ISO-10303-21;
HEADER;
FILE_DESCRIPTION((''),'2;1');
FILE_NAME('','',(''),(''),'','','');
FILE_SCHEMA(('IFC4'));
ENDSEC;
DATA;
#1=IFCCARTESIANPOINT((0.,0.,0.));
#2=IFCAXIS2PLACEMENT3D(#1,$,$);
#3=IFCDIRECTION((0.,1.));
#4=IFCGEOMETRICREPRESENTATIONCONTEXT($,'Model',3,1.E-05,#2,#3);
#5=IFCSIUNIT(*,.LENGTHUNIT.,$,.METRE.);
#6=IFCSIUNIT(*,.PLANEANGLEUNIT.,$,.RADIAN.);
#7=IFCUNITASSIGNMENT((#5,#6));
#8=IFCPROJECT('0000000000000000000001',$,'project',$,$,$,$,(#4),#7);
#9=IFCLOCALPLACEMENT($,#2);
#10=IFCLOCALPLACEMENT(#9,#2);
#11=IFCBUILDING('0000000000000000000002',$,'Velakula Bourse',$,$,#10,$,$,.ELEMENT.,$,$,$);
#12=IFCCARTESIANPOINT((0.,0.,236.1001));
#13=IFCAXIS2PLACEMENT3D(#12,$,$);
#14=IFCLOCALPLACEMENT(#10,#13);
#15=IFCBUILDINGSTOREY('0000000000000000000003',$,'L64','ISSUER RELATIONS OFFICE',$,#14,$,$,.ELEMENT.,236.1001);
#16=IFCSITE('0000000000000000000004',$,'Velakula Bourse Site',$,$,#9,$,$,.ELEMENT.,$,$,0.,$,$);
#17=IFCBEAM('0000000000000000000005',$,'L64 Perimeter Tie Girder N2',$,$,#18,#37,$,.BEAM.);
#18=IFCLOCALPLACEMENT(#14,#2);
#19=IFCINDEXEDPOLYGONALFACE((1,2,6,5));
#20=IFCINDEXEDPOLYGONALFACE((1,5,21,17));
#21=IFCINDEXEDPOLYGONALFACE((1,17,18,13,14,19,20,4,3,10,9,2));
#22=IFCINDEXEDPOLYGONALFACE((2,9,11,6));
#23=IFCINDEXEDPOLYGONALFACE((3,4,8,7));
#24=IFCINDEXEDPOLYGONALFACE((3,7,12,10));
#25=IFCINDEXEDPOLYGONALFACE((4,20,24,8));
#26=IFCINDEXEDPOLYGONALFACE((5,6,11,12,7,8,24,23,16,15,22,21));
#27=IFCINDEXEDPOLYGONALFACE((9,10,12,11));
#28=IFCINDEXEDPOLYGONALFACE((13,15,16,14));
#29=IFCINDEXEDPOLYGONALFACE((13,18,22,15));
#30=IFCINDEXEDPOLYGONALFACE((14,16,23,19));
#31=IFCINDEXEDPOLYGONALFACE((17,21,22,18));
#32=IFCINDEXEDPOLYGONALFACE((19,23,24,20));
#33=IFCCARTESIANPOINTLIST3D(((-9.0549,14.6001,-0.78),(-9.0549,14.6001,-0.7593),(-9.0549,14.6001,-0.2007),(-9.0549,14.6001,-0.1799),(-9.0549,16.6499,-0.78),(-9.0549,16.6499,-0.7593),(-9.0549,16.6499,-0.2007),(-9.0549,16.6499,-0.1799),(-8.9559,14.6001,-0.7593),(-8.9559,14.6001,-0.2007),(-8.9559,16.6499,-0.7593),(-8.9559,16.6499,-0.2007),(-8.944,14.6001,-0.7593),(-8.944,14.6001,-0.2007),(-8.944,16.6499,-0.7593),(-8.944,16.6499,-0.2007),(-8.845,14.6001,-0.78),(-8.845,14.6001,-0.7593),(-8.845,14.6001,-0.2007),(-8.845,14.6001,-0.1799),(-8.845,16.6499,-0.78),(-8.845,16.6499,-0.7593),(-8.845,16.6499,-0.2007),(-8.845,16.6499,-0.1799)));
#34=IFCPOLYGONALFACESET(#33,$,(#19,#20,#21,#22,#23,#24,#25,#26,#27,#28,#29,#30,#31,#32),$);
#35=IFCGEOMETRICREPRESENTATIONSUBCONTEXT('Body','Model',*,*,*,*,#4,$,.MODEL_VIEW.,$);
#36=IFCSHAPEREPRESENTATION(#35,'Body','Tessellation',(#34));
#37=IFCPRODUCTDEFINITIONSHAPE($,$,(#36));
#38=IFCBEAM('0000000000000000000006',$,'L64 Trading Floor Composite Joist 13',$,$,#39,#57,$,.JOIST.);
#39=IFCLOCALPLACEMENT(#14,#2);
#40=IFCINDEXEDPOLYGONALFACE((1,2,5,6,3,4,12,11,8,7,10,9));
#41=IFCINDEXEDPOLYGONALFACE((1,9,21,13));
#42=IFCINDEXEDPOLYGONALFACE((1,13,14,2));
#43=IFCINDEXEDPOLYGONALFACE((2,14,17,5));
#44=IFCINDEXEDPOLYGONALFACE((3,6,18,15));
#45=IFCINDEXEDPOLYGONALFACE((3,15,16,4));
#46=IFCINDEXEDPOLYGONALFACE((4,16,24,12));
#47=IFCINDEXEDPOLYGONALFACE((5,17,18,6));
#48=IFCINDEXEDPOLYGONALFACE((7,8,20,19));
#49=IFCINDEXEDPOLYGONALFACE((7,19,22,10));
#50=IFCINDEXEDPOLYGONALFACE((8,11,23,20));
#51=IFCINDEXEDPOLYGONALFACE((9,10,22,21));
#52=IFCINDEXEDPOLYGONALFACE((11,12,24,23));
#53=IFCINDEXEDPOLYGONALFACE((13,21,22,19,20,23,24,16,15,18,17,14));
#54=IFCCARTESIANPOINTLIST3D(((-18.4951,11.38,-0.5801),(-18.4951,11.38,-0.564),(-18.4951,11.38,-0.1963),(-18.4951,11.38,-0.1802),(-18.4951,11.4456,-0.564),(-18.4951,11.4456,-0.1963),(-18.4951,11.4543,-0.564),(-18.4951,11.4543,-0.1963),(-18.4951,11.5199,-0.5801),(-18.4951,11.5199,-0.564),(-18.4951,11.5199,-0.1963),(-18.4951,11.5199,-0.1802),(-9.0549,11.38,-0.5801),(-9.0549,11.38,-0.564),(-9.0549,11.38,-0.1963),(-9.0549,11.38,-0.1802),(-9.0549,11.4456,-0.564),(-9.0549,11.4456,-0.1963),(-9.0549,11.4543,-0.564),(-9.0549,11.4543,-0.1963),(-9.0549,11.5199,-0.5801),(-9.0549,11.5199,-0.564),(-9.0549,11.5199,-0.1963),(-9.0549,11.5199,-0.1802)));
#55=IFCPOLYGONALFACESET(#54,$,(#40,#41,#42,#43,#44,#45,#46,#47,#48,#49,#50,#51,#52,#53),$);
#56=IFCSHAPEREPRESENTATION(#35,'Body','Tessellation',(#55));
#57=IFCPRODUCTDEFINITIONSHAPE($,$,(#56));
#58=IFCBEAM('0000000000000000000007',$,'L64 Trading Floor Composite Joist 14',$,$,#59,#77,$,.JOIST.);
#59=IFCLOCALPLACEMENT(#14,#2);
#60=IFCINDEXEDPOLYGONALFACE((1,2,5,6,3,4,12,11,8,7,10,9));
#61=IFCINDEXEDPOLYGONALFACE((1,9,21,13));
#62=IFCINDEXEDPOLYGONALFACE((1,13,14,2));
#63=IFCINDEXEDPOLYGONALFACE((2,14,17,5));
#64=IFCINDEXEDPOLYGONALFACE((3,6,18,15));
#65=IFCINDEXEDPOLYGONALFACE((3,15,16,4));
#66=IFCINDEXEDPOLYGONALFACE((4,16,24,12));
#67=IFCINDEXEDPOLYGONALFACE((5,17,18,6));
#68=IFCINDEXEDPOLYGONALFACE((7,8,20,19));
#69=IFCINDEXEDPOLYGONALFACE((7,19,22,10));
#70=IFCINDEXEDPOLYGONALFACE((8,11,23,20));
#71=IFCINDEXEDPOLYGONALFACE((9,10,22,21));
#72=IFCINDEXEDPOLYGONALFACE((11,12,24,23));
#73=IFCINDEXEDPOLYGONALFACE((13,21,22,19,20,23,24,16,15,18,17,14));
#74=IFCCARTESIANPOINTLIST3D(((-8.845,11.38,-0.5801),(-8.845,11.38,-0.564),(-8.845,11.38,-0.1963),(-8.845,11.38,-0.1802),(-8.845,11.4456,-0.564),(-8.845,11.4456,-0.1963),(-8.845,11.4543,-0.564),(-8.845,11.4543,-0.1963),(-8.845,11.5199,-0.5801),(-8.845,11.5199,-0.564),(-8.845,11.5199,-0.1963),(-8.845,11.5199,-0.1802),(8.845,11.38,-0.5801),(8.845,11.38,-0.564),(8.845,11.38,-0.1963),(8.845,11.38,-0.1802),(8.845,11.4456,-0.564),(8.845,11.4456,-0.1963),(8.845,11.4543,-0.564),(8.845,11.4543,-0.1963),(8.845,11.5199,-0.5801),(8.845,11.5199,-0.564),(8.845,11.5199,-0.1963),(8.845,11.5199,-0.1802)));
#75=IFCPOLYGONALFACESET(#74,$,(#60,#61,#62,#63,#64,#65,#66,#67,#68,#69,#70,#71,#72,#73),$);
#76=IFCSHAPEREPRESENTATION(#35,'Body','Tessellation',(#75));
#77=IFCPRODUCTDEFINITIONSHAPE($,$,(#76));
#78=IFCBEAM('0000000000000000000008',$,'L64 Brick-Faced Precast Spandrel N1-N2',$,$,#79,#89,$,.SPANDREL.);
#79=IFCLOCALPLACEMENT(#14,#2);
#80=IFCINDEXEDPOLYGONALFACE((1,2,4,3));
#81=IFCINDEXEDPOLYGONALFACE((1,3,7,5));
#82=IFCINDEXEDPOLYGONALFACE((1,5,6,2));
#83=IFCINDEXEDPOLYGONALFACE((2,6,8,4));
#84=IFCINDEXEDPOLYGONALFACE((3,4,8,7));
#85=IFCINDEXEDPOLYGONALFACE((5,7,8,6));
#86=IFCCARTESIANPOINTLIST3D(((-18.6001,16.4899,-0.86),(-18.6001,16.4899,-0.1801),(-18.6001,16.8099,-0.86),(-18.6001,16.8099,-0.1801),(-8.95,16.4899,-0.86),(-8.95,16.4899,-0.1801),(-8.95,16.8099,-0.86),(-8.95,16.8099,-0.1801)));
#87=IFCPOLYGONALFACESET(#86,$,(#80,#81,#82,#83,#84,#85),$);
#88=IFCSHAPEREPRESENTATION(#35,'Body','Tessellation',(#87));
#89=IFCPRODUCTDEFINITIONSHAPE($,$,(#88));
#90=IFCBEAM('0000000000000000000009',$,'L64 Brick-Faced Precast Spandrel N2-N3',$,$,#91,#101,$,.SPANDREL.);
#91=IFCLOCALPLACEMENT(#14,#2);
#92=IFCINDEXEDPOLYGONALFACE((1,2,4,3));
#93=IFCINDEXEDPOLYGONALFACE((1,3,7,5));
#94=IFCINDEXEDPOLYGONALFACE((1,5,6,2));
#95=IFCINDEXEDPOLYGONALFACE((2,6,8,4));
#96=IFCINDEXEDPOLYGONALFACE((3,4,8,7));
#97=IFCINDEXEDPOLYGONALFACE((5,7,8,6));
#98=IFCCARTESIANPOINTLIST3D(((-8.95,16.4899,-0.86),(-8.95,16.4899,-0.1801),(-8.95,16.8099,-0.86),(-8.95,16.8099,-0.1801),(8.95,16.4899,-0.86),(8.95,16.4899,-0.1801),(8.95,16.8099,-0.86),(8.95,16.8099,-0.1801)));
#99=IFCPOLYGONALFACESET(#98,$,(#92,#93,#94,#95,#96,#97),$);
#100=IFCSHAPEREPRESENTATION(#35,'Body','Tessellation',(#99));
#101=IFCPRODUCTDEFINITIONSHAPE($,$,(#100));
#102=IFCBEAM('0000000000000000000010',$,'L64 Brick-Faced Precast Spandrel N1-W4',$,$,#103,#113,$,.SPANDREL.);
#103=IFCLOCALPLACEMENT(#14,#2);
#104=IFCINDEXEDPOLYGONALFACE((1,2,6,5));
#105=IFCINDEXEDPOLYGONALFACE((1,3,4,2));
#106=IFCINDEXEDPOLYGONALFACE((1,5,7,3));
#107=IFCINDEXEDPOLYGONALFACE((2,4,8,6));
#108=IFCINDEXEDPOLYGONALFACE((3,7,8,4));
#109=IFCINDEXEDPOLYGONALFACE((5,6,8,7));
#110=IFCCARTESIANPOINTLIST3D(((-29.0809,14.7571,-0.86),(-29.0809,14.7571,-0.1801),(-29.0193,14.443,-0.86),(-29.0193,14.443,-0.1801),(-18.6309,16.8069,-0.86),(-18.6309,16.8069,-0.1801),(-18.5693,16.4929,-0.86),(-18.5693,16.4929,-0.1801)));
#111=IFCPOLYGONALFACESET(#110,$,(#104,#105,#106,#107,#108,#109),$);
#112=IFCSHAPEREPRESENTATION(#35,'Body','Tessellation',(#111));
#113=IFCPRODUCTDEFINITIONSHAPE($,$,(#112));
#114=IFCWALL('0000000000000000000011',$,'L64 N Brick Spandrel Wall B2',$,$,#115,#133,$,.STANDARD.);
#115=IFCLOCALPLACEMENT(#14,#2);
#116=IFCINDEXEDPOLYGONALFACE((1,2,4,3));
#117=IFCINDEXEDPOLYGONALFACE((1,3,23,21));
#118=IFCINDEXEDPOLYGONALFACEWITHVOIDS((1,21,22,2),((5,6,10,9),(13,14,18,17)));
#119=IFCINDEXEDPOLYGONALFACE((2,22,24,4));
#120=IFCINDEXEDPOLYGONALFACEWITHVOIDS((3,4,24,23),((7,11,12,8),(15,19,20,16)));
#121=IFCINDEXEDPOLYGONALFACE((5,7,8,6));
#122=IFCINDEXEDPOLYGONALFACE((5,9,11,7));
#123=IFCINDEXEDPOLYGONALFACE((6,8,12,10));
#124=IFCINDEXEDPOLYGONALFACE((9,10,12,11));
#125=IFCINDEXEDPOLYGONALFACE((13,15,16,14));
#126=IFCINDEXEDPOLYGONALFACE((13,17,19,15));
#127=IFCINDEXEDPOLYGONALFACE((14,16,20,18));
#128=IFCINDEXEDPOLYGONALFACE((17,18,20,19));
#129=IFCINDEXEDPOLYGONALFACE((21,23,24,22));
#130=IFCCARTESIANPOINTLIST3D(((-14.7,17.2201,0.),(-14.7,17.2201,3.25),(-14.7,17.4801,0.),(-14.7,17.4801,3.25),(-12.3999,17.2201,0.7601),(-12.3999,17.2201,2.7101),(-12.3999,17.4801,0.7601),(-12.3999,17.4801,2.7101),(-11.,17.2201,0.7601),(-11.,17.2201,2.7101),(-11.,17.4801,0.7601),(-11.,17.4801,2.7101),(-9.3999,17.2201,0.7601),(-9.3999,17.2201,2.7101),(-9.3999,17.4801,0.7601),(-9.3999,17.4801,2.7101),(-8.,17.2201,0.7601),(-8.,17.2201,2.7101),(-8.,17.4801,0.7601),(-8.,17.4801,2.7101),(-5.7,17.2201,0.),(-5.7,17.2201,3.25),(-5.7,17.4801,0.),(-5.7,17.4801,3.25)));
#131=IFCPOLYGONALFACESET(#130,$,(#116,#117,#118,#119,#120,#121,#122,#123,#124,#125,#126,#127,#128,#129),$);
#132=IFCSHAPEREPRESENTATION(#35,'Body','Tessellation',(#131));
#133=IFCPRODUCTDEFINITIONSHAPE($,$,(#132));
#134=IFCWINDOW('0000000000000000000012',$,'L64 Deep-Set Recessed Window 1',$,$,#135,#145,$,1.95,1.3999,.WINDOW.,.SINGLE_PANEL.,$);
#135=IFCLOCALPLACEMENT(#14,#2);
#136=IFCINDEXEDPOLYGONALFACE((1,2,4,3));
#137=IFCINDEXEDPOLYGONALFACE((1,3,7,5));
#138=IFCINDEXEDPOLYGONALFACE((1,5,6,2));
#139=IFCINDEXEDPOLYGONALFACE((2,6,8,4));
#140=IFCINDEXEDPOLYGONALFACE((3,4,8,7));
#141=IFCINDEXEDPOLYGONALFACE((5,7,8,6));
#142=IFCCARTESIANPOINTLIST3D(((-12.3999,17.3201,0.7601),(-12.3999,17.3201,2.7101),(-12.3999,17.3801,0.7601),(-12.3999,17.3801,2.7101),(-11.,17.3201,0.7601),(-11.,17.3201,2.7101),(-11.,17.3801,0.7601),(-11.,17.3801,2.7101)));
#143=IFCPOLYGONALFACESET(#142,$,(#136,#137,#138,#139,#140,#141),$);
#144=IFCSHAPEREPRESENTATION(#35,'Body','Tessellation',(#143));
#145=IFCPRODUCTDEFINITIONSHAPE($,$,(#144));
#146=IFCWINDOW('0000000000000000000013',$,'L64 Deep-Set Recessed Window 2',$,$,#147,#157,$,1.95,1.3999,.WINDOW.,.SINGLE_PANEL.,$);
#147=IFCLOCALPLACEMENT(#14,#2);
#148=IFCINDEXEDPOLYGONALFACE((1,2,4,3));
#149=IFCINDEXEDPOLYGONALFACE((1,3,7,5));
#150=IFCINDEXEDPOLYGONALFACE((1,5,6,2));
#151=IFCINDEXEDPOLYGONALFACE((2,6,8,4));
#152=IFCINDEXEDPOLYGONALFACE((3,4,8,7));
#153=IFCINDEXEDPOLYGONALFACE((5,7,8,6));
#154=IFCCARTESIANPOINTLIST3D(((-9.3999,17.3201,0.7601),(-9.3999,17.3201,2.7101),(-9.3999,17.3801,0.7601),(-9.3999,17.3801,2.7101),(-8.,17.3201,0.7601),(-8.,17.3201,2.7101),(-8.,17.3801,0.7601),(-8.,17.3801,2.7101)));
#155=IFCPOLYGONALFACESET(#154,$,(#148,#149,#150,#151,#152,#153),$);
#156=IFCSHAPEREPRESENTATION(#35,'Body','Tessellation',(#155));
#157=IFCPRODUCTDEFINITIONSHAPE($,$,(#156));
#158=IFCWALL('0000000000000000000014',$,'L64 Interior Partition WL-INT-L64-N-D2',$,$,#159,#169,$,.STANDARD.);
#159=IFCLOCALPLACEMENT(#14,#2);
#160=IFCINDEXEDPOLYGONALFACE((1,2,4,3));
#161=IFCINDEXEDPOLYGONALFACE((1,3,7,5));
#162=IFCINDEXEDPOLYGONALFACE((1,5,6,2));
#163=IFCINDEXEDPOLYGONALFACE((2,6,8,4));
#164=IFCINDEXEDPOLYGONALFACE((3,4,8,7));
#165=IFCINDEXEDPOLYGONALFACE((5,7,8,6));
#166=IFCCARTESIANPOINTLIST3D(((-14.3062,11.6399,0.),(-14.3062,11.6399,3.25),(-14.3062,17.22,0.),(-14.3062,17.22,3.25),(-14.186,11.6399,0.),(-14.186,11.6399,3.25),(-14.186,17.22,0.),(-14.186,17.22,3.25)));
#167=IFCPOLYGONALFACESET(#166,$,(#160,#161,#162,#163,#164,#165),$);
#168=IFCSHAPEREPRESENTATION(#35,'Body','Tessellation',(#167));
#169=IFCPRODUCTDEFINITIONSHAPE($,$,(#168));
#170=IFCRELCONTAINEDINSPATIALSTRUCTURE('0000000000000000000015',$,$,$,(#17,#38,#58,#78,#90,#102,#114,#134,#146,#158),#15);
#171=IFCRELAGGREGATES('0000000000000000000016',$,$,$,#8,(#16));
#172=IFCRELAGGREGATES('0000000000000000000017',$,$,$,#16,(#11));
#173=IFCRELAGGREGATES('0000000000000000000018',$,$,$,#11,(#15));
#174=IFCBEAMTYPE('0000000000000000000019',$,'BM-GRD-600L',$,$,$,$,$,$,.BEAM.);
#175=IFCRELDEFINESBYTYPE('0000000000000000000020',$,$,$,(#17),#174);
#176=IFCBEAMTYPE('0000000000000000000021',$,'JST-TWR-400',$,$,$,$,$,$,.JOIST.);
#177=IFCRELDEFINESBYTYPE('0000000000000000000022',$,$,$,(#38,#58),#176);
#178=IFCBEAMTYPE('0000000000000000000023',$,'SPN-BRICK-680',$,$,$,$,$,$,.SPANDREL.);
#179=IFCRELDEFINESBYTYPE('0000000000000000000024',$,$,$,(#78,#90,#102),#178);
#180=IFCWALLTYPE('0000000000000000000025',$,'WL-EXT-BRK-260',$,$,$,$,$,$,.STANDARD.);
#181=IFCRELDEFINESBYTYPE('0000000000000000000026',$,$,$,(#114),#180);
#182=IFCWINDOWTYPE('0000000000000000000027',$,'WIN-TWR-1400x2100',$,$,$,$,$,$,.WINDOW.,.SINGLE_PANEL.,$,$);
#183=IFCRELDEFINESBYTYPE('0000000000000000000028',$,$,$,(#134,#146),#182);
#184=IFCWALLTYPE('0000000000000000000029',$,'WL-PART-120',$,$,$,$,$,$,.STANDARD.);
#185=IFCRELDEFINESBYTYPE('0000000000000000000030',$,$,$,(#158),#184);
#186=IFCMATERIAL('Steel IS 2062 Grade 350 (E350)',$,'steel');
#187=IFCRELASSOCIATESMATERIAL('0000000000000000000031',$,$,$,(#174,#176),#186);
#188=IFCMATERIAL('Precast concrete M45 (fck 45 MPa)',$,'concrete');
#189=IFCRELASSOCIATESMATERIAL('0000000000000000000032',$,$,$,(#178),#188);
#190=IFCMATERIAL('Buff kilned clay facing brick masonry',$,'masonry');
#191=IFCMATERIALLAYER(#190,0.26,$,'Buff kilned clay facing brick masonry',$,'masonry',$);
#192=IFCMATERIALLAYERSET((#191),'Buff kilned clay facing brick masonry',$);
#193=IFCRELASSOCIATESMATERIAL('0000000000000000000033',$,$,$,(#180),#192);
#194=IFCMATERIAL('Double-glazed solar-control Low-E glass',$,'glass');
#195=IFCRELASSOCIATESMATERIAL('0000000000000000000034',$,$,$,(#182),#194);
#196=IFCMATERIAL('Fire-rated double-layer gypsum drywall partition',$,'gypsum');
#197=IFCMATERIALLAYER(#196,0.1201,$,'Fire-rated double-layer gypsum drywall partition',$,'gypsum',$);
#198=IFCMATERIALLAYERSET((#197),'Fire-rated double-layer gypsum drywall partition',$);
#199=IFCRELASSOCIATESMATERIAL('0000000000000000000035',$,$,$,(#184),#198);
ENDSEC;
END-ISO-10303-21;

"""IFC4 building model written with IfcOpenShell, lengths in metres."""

from ifc_helpers import new_model, si_unit, direction, frame, frame_2d, origin, origin_2d, place, context, subcontext, project, spatial, rectangle, i_section, extrude, material, layer, layer_set, material_profile, profile_set, type_object, element, fill, save


model = new_model("IFC4")

# Units and contexts
model_context = context("Model", 3, precision=1e-05, world=origin(), true_north=direction((0.0, 1.0)))
body_context = subcontext(model_context, "Body", "Model", "MODEL_VIEW")
ifc_project = project(units=[si_unit("LENGTHUNIT", "METRE"), si_unit("PLANEANGLEUNIT", "RADIAN")], contexts=[model_context])

# Site, building, storey
site_placement = place(None, origin())
site = spatial("IfcSite", under=ifc_project, at=site_placement, Name="Velakula Bourse Site", CompositionType="ELEMENT", RefElevation=0.0)
building_placement = place(site_placement, origin())
building = spatial("IfcBuilding", under=site, at=building_placement, Name="Velakula Bourse", CompositionType="ELEMENT")
storey_placement = place(building_placement, frame((0.0, 0.0, 236.1001)))
storey = spatial("IfcBuildingStorey", under=building, at=storey_placement, Name="L64", Description="ISSUER RELATIONS OFFICE", CompositionType="ELEMENT", Elevation=236.1001)

# Shared definitions
ifc_material_1 = material(Name="Steel IS 2062 Grade 350 (E350)", Category="steel")

# Beams
ifc_material_profile_1 = material_profile(ifc_material_1, i_section(OverallWidth=0.21, OverallDepth=0.6001, WebThickness=0.012, FlangeThickness=0.0208, at=origin_2d()), Name="Steel IS 2062 Grade 350 (E350)")
ifc_profile_set_1 = profile_set([ifc_material_profile_1], Name="Steel IS 2062 Grade 350 (E350)")
beam_type_1 = type_object("IfcBeamType", Name="BM-GRD-600L", PredefinedType="BEAM", material=ifc_profile_set_1)
for number, where, z_axis, x_axis, name in (
    (1, (-8.95, 14.6001, -0.48), (0.0, 1.0, 0.0), (-1.0, 0.0, 0.0), "L64 Perimeter Tie Girder N2"),
):
    element("IfcBeam", number, at=place(storey_placement, frame(where, z_axis=z_axis, x_axis=x_axis)), inside=storey, type_object=beam_type_1, Name=name, PredefinedType="BEAM", context=body_context, shape_type="SweptSolid", body=[
        extrude(i_section(OverallWidth=0.21, OverallDepth=0.6001, WebThickness=0.012, FlangeThickness=0.0208, at=origin_2d()), origin(), (0.0, 0.0, 1.0), 2.0498),
    ])
ifc_material_profile_2 = material_profile(ifc_material_1, i_section(OverallWidth=0.1399, OverallDepth=0.3999, WebThickness=0.0088, FlangeThickness=0.0161, at=origin_2d()), Name="Steel IS 2062 Grade 350 (E350)")
ifc_profile_set_2 = profile_set([ifc_material_profile_2], Name="Steel IS 2062 Grade 350 (E350)")
beam_type_2 = type_object("IfcBeamType", Name="JST-TWR-400", PredefinedType="JOIST", material=ifc_profile_set_2)
beam_1_placement = place(storey_placement, frame((-18.4951, 11.45, -0.3801), z_axis=(1.0, 0.0, 0.0), x_axis=(0.0, 1.0, 0.0)))
element("IfcBeam", 2, at=beam_1_placement, inside=storey, type_object=beam_type_2, Name="L64 Trading Floor Composite Joist 13", PredefinedType="JOIST", context=body_context, shape_type="SweptSolid", body=[
    extrude(i_section(OverallWidth=0.1399, OverallDepth=0.3999, WebThickness=0.0088, FlangeThickness=0.0161, at=origin_2d()), origin(), (0.0, 0.0, 1.0), 9.4402),
])
beam_2_placement = place(storey_placement, frame((-8.845, 11.45, -0.3801), z_axis=(1.0, 0.0, 0.0), x_axis=(0.0, 1.0, 0.0)))
element("IfcBeam", 3, at=beam_2_placement, inside=storey, type_object=beam_type_2, Name="L64 Trading Floor Composite Joist 14", PredefinedType="JOIST", context=body_context, shape_type="SweptSolid", body=[
    extrude(i_section(OverallWidth=0.1399, OverallDepth=0.3999, WebThickness=0.0088, FlangeThickness=0.0161, at=origin_2d()), origin(), (0.0, 0.0, 1.0), 17.6899),
])
ifc_material_2 = material(Name="Precast concrete M45 (fck 45 MPa)", Category="concrete")
ifc_material_profile_3 = material_profile(ifc_material_2, rectangle(XDim=0.3201, YDim=0.6799, at=origin_2d()), Name="Precast concrete M45 (fck 45 MPa)")
ifc_profile_set_3 = profile_set([ifc_material_profile_3], Name="Precast concrete M45 (fck 45 MPa)")
beam_type_3 = type_object("IfcBeamType", Name="SPN-BRICK-680", PredefinedType="SPANDREL", material=ifc_profile_set_3)
beam_3_placement = place(storey_placement, frame((-18.6001, 16.6499, -0.52), z_axis=(1.0, 0.0, 0.0), x_axis=(0.0, 1.0, 0.0)))
element("IfcBeam", 4, at=beam_3_placement, inside=storey, type_object=beam_type_3, Name="L64 Brick-Faced Precast Spandrel N1-N2", PredefinedType="SPANDREL", context=body_context, shape_type="SweptSolid", body=[
    extrude(rectangle(XDim=0.3201, YDim=0.6799, at=origin_2d()), origin(), (0.0, 0.0, 1.0), 9.6501),
])
beam_4_placement = place(storey_placement, frame((-8.95, 16.6499, -0.52), z_axis=(1.0, 0.0, 0.0), x_axis=(0.0, 1.0, 0.0)))
element("IfcBeam", 5, at=beam_4_placement, inside=storey, type_object=beam_type_3, Name="L64 Brick-Faced Precast Spandrel N2-N3", PredefinedType="SPANDREL", context=body_context, shape_type="SweptSolid", body=[
    extrude(rectangle(XDim=0.3201, YDim=0.6799, at=origin_2d()), origin(), (0.0, 0.0, 1.0), 17.8999),
])
beam_5_placement = place(storey_placement, frame((-18.6001, 16.6499, -0.52), z_axis=(-0.9813, -0.192486, 0.0), x_axis=(0.192486, -0.9813, 0.0)))
element("IfcBeam", 6, at=beam_5_placement, inside=storey, type_object=beam_type_3, Name="L64 Brick-Faced Precast Spandrel N1-W4", PredefinedType="SPANDREL", context=body_context, shape_type="SweptSolid", body=[
    extrude(rectangle(XDim=0.3201, YDim=0.6799, at=origin_2d()), origin(), (0.0, 0.0, 1.0), 10.6492),
])

# Wall, openings, windows
ifc_material_3 = material(Name="Buff kilned clay facing brick masonry", Category="masonry")
ifc_layer_1 = layer(ifc_material_3, 0.26, Name="Buff kilned clay facing brick masonry", Category="masonry")
ifc_layer_set_1 = layer_set([ifc_layer_1], Name="Buff kilned clay facing brick masonry")
wall_type_1 = type_object("IfcWallType", Name="WL-EXT-BRK-260", PredefinedType="STANDARD", material=ifc_layer_set_1)
wall_1_placement = place(storey_placement, frame((-14.7, 17.3501, 0.0), z_axis=(0.0, 0.0, 1.0), x_axis=(1.0, 0.0, 0.0)))
wall_1 = element("IfcWall", 7, at=wall_1_placement, inside=storey, type_object=wall_type_1, Name="L64 N Brick Spandrel Wall B2", PredefinedType="STANDARD", context=body_context, shape_type="SweptSolid", body=[
    extrude(rectangle(XDim=9.0, YDim=0.26, at=frame_2d((4.5, 0.0))), origin(), (0.0, 0.0, 1.0), 3.25),
])
opening_1_placement = place(wall_1_placement, frame((2.3, 0.0, 0.76)))
opening_1 = element("IfcOpeningElement", 8, at=opening_1_placement, cuts=wall_1, PredefinedType="OPENING", context=body_context, shape_type="SweptSolid", body=[
    extrude(rectangle(XDim=1.3999, YDim=1.95, at=frame_2d((0.7, 0.9751))), frame((0.0, 0.1399, 0.0), z_axis=(0.0, -1.0, 0.0), x_axis=(1.0, 0.0, 0.0)), (0.0, 0.0, 1.0), 0.28),
])
opening_2_placement = place(wall_1_placement, frame((5.3, 0.0, 0.76)))
opening_2 = element("IfcOpeningElement", 9, at=opening_2_placement, cuts=wall_1, PredefinedType="OPENING", context=body_context, shape_type="SweptSolid", body=[
    extrude(rectangle(XDim=1.3999, YDim=1.95, at=frame_2d((0.7, 0.9751))), frame((0.0, 0.1399, 0.0), z_axis=(0.0, -1.0, 0.0), x_axis=(1.0, 0.0, 0.0)), (0.0, 0.0, 1.0), 0.28),
])
ifc_material_4 = material(Name="Double-glazed solar-control Low-E glass", Category="glass")
window_type = type_object("IfcWindowType", Name="WIN-TWR-1400x2100", PartitioningType="SINGLE_PANEL", PredefinedType="WINDOW", material=ifc_material_4)
window_1_placement = place(opening_1_placement, origin())
window_1 = element("IfcWindow", 10, at=window_1_placement, inside=storey, type_object=window_type, Name="L64 Deep-Set Recessed Window 1", OverallHeight=1.95, OverallWidth=1.3999, PartitioningType="SINGLE_PANEL", PredefinedType="WINDOW", context=body_context, shape_type="SweptSolid", body=[
    extrude(rectangle(XDim=1.3999, YDim=1.95, at=frame_2d((0.7, 0.9751))), frame((0.0, 0.03, 0.0), z_axis=(0.0, -1.0, 0.0), x_axis=(1.0, 0.0, 0.0)), (0.0, 0.0, 1.0), 0.0601),
])
fill(opening_1, window_1)
window_2_placement = place(opening_2_placement, origin())
window_2 = element("IfcWindow", 11, at=window_2_placement, inside=storey, type_object=window_type, Name="L64 Deep-Set Recessed Window 2", OverallHeight=1.95, OverallWidth=1.3999, PartitioningType="SINGLE_PANEL", PredefinedType="WINDOW", context=body_context, shape_type="SweptSolid", body=[
    extrude(rectangle(XDim=1.3999, YDim=1.95, at=frame_2d((0.7, 0.9751))), frame((0.0, 0.03, 0.0), z_axis=(0.0, -1.0, 0.0), x_axis=(1.0, 0.0, 0.0)), (0.0, 0.0, 1.0), 0.0601),
])
fill(opening_2, window_2)

# Wall
ifc_material_5 = material(Name="Fire-rated double-layer gypsum drywall partition", Category="gypsum")
ifc_layer_2 = layer(ifc_material_5, 0.1201, Name="Fire-rated double-layer gypsum drywall partition", Category="gypsum")
ifc_layer_set_2 = layer_set([ifc_layer_2], Name="Fire-rated double-layer gypsum drywall partition")
wall_type_2 = type_object("IfcWallType", Name="WL-PART-120", PredefinedType="STANDARD", material=ifc_layer_set_2)
for number, where, z_axis, x_axis, name in (
    (12, (-14.2461, 11.6399, 0.0), (0.0, 0.0, 1.0), (0.0, 1.0, 0.0), "L64 Interior Partition WL-INT-L64-N-D2"),
):
    element("IfcWall", number, at=place(storey_placement, frame(where, z_axis=z_axis, x_axis=x_axis)), inside=storey, type_object=wall_type_2, Name=name, PredefinedType="STANDARD", context=body_context, shape_type="SweptSolid", body=[
        extrude(rectangle(XDim=5.5801, YDim=0.1201, at=frame_2d((2.79, 0.0))), origin(), (0.0, 0.0, 1.0), 3.25),
    ])

save(model, "model.ifc")
